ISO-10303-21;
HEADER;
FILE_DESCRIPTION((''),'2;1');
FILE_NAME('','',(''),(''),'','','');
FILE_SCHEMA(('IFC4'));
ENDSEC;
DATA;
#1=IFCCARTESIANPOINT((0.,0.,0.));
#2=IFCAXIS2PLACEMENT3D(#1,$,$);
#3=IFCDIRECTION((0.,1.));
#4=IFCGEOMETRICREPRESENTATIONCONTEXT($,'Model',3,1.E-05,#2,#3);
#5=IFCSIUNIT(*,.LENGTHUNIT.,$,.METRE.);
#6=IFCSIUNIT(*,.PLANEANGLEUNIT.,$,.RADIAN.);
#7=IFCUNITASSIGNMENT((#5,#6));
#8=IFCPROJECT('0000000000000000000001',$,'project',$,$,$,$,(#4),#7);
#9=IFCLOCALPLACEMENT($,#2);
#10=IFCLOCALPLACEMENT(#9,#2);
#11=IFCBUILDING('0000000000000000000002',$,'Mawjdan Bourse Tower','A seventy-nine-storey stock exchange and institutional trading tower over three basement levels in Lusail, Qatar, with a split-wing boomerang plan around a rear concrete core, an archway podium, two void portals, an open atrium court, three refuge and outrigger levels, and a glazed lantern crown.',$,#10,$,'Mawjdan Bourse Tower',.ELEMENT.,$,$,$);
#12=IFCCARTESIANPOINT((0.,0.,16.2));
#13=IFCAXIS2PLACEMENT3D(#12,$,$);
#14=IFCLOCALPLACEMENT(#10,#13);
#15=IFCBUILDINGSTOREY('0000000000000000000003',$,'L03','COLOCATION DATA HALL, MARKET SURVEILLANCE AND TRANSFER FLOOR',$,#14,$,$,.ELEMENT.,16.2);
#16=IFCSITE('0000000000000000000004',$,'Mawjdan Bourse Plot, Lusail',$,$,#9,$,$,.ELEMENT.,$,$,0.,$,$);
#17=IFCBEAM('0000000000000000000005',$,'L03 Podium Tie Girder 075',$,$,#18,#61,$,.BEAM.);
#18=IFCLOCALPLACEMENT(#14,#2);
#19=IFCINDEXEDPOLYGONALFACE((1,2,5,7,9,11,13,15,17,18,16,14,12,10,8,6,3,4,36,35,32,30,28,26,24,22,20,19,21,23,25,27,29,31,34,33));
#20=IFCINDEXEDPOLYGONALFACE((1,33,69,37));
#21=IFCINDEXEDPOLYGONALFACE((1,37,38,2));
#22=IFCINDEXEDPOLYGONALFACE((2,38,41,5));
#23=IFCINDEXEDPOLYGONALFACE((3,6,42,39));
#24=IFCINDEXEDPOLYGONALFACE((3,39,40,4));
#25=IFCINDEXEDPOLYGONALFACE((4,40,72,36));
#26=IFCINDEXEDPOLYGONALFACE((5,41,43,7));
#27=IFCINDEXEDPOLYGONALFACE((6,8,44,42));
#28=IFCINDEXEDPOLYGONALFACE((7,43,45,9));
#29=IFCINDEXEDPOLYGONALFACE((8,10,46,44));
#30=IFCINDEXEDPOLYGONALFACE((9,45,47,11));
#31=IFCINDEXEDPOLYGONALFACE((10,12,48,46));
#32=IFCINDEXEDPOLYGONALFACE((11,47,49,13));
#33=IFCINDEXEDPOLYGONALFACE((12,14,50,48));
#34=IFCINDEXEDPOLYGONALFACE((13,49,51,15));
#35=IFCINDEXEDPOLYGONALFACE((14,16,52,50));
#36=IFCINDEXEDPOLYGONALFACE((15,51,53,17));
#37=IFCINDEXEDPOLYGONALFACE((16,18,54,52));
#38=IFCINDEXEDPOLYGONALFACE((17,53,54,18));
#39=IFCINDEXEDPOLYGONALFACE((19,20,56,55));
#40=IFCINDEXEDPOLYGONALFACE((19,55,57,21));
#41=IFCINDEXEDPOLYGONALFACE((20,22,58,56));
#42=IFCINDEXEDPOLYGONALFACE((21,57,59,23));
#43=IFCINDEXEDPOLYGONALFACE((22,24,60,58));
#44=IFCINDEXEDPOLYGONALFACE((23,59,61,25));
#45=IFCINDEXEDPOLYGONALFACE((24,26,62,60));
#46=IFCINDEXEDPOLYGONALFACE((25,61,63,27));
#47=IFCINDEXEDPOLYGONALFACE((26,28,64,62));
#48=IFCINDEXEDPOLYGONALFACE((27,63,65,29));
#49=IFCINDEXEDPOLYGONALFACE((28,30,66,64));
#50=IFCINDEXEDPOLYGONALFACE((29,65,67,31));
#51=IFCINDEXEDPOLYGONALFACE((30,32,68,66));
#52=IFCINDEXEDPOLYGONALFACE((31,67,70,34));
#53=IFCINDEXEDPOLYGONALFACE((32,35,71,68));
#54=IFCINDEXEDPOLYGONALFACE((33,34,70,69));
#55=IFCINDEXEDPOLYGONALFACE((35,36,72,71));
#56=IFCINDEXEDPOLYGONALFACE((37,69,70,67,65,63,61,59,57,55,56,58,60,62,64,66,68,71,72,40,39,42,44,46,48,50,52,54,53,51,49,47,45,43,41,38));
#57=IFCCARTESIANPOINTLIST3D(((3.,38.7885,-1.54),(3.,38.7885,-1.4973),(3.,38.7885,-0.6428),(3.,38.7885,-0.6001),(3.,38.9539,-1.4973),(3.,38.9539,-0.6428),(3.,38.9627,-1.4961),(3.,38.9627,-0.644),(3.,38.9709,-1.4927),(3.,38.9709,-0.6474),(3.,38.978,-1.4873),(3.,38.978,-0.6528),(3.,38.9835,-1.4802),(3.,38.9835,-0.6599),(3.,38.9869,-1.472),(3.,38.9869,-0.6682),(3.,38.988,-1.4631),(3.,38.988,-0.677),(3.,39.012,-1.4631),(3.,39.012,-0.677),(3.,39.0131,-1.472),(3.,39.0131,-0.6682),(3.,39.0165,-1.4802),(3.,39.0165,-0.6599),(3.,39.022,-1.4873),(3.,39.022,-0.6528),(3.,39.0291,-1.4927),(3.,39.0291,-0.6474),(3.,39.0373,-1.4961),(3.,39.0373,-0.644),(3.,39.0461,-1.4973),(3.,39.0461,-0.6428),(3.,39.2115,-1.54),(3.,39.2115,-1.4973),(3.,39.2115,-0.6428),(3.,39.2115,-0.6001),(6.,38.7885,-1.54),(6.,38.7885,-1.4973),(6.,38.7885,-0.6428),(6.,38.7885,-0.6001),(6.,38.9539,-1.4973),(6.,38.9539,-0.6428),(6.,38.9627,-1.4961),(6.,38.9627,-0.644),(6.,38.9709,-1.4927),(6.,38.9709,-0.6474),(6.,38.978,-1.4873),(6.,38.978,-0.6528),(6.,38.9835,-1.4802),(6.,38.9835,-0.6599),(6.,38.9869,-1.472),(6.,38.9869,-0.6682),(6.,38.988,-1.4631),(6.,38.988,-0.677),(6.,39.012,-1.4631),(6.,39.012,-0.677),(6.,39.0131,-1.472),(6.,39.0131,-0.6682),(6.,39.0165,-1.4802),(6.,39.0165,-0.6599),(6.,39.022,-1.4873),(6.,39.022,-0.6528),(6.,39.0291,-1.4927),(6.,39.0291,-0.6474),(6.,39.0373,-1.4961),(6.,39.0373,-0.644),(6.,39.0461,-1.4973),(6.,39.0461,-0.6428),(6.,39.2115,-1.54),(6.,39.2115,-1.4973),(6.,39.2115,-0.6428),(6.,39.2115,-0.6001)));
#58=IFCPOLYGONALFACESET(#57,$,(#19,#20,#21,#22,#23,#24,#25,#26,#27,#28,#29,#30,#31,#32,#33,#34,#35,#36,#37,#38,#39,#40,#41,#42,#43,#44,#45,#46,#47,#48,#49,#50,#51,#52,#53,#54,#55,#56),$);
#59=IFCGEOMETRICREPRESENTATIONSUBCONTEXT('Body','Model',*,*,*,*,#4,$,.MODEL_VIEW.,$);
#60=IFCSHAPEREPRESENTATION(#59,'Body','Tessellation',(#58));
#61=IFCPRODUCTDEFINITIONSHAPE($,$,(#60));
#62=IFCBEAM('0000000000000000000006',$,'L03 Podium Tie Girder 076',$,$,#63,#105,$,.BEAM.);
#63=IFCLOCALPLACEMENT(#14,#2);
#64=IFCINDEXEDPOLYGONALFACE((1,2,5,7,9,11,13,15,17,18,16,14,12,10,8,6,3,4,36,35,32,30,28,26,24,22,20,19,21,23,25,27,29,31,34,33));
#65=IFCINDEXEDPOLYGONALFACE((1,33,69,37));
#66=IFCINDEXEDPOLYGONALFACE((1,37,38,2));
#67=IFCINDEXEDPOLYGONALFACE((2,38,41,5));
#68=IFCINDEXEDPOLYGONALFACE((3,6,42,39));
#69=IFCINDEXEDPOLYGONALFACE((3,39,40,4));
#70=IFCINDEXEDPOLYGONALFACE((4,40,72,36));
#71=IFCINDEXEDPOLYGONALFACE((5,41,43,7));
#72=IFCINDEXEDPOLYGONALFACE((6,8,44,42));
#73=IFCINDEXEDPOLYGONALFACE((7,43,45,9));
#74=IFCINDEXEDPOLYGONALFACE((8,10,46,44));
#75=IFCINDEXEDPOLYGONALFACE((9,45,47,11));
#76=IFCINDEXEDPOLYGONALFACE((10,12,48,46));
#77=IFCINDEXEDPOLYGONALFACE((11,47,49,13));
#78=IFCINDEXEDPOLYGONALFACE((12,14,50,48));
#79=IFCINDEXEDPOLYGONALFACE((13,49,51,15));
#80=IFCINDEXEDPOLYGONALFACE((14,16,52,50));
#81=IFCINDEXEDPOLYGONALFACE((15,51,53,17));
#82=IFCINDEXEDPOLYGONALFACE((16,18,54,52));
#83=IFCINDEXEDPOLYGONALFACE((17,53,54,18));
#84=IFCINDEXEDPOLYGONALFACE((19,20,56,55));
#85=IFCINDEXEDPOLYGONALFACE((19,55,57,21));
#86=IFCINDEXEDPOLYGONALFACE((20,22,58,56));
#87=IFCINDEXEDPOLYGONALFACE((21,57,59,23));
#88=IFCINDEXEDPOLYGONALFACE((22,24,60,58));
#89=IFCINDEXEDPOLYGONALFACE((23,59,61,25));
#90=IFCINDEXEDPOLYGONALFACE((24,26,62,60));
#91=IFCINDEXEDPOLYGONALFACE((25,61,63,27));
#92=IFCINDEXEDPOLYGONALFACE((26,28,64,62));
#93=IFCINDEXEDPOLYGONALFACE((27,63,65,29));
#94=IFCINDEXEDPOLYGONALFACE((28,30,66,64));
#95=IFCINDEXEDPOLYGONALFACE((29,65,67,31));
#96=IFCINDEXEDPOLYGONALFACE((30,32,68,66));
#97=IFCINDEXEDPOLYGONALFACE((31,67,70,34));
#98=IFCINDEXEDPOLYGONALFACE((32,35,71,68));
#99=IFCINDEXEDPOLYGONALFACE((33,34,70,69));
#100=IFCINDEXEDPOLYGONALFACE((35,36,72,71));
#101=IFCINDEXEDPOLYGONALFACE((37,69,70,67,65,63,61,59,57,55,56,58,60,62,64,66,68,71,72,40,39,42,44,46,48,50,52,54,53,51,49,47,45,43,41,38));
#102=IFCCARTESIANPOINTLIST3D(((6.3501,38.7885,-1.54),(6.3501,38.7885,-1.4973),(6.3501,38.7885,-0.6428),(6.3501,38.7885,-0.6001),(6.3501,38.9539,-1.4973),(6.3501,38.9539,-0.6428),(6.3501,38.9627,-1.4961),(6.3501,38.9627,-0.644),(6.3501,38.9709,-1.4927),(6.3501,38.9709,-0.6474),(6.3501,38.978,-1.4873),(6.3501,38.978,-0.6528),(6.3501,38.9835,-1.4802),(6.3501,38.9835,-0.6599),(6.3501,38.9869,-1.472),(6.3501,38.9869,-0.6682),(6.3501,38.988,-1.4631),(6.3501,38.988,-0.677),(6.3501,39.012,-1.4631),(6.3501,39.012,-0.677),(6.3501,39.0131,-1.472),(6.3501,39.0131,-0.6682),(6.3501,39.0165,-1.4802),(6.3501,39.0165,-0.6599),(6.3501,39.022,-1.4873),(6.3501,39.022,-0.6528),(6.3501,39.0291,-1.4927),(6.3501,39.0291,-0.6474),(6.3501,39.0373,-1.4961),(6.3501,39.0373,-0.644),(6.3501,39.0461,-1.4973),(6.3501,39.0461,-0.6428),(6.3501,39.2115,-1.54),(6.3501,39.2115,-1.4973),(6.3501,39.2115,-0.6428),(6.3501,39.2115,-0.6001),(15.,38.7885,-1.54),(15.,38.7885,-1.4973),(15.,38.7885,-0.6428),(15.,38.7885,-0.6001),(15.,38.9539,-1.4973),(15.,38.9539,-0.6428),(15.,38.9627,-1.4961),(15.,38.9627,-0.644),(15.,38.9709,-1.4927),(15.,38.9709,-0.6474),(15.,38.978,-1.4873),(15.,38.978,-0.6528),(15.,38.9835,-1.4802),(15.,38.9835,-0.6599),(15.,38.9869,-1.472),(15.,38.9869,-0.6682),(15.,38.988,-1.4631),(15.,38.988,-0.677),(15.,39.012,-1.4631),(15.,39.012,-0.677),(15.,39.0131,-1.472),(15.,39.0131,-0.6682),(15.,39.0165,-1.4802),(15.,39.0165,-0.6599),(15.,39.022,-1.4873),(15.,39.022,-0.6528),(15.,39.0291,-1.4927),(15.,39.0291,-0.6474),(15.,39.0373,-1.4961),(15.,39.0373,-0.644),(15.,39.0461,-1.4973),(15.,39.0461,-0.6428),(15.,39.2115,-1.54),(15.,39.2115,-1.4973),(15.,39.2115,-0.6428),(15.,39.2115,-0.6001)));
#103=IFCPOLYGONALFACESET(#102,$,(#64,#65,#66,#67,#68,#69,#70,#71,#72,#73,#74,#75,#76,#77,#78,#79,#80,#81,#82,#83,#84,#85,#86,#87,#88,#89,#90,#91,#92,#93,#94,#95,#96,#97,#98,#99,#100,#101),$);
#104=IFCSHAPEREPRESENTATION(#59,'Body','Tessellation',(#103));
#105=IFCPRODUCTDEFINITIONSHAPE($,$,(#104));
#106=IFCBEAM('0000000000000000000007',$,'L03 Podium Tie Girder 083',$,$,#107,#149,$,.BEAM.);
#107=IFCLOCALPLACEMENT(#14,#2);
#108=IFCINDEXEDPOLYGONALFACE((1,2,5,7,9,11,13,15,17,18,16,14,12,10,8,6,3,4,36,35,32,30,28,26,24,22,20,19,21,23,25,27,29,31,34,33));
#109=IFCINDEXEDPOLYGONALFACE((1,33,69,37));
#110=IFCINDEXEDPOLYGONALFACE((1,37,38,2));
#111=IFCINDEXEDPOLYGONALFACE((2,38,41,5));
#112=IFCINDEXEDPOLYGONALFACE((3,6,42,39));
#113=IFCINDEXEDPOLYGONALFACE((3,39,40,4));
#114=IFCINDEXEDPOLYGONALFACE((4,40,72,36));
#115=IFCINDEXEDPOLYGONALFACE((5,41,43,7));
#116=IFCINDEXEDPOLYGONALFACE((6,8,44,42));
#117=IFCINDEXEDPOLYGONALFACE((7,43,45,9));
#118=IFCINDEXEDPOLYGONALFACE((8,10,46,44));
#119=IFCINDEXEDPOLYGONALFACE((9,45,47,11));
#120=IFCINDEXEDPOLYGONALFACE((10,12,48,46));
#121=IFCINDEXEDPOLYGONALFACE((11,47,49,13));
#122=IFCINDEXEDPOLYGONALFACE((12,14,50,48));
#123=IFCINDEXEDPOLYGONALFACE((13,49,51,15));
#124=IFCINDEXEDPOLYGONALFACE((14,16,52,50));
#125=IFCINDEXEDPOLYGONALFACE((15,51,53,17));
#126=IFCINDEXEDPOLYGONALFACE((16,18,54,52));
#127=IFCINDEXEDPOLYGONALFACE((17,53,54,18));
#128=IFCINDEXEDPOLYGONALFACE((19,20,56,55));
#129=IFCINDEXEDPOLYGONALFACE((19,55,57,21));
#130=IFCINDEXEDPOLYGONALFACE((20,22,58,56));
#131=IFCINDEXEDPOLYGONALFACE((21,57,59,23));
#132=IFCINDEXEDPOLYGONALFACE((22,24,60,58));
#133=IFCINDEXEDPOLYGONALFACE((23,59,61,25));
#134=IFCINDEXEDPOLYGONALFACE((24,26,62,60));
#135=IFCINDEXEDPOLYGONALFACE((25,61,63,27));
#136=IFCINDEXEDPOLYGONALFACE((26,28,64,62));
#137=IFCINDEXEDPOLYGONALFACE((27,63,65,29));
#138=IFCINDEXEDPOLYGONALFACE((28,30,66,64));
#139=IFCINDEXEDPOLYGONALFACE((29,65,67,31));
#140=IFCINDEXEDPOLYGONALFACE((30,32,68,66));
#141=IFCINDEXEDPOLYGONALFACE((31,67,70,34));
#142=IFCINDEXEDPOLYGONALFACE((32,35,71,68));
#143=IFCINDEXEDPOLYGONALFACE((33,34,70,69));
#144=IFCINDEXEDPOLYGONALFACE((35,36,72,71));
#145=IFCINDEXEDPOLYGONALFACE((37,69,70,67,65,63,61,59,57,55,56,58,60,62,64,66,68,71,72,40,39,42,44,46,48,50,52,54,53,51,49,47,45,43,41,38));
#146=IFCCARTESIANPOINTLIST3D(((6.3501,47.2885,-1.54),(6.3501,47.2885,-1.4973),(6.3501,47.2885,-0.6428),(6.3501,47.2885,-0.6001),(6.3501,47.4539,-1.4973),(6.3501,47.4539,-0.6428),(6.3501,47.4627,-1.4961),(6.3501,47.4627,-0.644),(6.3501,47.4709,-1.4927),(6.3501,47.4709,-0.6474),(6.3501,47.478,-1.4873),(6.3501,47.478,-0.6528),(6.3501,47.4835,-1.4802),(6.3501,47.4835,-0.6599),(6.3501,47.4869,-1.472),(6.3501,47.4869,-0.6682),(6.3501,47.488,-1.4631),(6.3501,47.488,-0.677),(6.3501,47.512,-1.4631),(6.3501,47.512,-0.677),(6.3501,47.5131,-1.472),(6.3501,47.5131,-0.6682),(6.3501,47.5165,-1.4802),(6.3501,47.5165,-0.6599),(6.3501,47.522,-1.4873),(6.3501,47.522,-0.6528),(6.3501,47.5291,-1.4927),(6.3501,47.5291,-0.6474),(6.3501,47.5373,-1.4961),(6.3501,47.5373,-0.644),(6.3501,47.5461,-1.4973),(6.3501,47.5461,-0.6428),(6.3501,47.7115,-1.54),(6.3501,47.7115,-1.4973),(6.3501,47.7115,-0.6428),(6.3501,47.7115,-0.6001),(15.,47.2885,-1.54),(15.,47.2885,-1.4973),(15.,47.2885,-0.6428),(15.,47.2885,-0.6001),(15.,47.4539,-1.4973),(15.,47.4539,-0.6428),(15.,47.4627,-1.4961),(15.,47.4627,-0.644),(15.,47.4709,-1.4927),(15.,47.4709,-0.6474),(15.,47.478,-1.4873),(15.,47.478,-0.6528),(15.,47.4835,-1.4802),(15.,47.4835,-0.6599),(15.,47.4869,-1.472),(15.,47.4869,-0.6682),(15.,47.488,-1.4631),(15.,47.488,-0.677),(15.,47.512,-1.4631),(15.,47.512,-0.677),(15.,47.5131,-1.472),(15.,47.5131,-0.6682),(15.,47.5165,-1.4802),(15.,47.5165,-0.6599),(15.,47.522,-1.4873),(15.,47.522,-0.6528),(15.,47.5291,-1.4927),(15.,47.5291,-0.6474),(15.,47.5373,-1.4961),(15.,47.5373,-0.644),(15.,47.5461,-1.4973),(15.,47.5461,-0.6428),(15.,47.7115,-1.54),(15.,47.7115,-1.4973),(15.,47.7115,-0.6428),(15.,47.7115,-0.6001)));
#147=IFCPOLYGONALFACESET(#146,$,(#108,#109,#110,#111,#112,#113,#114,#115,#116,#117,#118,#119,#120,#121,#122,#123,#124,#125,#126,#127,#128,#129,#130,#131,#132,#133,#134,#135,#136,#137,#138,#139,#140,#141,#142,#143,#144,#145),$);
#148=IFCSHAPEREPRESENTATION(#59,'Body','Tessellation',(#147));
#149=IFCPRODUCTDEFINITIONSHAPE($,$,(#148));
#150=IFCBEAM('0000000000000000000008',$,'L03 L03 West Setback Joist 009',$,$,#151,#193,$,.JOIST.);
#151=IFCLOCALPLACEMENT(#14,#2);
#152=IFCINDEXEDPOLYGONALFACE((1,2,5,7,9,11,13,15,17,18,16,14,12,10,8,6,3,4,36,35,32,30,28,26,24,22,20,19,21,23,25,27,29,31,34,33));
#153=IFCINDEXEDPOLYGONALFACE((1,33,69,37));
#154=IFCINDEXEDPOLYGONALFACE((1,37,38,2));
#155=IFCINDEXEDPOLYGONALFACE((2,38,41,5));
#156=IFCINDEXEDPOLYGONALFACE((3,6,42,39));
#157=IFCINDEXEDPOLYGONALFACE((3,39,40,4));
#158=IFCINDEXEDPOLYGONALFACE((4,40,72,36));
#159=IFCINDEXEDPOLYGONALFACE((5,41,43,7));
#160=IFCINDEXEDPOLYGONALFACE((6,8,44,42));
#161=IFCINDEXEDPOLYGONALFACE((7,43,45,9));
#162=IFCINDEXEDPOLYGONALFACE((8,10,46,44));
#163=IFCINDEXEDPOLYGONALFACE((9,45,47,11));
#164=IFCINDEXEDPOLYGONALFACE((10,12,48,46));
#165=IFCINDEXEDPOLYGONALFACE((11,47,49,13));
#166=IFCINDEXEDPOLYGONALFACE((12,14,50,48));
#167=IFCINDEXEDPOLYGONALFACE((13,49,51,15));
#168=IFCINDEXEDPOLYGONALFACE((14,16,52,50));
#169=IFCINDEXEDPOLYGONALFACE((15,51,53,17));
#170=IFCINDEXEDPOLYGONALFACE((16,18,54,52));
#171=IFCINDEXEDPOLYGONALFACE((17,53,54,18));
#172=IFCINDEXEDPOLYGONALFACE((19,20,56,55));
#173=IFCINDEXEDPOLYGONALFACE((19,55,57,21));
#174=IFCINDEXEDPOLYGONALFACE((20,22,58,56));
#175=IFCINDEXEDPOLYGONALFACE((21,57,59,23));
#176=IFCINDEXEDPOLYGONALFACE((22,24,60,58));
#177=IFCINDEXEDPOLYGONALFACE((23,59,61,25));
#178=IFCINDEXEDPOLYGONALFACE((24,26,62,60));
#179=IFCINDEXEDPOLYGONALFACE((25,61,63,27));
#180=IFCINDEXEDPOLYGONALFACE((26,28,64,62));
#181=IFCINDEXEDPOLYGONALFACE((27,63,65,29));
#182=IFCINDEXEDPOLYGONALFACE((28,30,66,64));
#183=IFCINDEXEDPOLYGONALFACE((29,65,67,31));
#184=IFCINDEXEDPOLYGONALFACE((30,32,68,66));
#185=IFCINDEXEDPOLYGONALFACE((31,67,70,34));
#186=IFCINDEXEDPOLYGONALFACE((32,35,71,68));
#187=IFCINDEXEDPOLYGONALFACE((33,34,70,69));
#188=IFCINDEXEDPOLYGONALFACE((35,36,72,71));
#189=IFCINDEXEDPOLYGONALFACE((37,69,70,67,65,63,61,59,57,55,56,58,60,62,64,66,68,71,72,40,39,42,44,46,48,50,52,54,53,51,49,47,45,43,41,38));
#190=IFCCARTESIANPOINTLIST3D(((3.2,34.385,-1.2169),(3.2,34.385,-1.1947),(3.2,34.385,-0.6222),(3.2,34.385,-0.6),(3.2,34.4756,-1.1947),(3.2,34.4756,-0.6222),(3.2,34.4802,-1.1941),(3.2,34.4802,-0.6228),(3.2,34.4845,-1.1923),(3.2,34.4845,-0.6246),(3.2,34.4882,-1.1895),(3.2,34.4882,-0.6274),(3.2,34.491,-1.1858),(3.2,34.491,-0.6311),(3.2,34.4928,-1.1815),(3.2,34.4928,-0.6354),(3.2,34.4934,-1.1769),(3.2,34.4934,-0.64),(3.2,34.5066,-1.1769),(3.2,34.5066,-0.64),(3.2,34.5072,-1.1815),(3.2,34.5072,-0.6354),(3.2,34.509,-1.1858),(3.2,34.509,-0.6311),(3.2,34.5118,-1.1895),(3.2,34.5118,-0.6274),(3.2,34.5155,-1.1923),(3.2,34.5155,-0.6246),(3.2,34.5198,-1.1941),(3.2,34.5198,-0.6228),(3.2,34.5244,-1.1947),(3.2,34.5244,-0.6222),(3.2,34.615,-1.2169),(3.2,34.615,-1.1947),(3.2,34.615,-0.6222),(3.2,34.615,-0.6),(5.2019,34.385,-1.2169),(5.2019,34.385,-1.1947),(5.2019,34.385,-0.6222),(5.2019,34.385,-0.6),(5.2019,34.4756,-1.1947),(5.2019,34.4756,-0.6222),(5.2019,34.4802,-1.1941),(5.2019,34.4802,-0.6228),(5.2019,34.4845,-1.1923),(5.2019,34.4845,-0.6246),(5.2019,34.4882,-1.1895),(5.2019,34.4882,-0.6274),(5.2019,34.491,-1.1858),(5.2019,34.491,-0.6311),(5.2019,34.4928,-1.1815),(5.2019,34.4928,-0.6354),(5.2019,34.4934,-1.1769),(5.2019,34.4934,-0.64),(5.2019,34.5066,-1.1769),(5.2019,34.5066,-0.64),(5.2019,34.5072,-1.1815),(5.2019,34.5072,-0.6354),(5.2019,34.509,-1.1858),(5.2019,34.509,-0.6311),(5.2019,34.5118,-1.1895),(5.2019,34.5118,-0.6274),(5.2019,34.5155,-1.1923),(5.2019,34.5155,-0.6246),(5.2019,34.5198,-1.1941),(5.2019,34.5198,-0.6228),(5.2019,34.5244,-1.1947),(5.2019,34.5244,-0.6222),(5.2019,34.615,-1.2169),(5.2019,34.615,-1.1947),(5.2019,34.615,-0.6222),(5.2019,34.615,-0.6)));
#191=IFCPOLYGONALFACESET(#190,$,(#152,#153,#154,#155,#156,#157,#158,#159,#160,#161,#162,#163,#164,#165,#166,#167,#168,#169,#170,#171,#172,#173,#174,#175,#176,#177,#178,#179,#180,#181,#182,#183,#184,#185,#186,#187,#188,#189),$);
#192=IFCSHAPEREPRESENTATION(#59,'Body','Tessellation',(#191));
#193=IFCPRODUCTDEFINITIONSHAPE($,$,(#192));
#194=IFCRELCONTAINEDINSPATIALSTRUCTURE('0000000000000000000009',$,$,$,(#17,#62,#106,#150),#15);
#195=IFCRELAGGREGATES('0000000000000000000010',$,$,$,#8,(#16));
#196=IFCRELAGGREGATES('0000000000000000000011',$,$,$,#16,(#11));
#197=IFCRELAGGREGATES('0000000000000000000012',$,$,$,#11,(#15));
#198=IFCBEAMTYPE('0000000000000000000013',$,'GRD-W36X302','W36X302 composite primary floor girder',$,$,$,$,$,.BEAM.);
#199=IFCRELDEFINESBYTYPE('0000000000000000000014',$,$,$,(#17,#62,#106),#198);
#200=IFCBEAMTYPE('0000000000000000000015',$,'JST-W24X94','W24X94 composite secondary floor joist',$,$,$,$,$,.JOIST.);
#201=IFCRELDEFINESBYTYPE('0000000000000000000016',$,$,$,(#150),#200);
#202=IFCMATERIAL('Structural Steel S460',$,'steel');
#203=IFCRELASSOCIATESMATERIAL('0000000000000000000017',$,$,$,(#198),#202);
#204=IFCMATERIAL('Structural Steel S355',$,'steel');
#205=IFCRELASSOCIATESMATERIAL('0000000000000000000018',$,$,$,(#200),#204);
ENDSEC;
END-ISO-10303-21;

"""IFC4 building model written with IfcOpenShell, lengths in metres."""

from ifc_helpers import new_model, si_unit, direction, frame, origin, origin_2d, place, context, subcontext, project, spatial, i_section, extrude, material, material_profile, profile_set, type_object, element, save


model = new_model("IFC4")

# Units and contexts
model_context = context("Model", 3, precision=1e-05, world=origin(), true_north=direction((0.0, 1.0)))
body_context = subcontext(model_context, "Body", "Model", "MODEL_VIEW")
ifc_project = project(units=[si_unit("LENGTHUNIT", "METRE"), si_unit("PLANEANGLEUNIT", "RADIAN")], contexts=[model_context])

# Site, building, storey
site_placement = place(None, origin())
site = spatial("IfcSite", under=ifc_project, at=site_placement, Name="Mawjdan Bourse Plot, Lusail", CompositionType="ELEMENT", RefElevation=0.0)
building_placement = place(site_placement, origin())
building = spatial("IfcBuilding", under=site, at=building_placement, Name="Mawjdan Bourse Tower", Description="A seventy-nine-storey stock exchange and institutional trading tower over three basement levels in Lusail, Qatar, with a split-wing boomerang plan around a rear concrete core, an archway podium, two void portals, an open atrium court, three refuge and outrigger levels, and a glazed lantern crown.", LongName="Mawjdan Bourse Tower", CompositionType="ELEMENT")
storey_placement = place(building_placement, frame((0.0, 0.0, 16.2)))
storey = spatial("IfcBuildingStorey", under=building, at=storey_placement, Name="L03", Description="COLOCATION DATA HALL, MARKET SURVEILLANCE AND TRANSFER FLOOR", CompositionType="ELEMENT", Elevation=16.2)

# Beams
ifc_material_1 = material(Name="Structural Steel S460", Category="steel")
ifc_material_profile_1 = material_profile(ifc_material_1, i_section(OverallWidth=0.4231, OverallDepth=0.9399, WebThickness=0.0239, FlangeThickness=0.0427, FilletRadius=0.0342, at=origin_2d()), Name="W36X302")
ifc_profile_set_1 = profile_set([ifc_material_profile_1], Name="Structural Steel S460")
beam_type_1 = type_object("IfcBeamType", Name="GRD-W36X302", Description="W36X302 composite primary floor girder", PredefinedType="BEAM", material=ifc_profile_set_1)
beam_1_placement = place(storey_placement, frame((3.0, 39.0, -1.0701), z_axis=(1.0, 0.0, 0.0), x_axis=(0.0, 1.0, 0.0)))
element("IfcBeam", 1, at=beam_1_placement, inside=storey, type_object=beam_type_1, Name="L03 Podium Tie Girder 075", PredefinedType="BEAM", context=body_context, shape_type="SweptSolid", body=[
    extrude(i_section(OverallWidth=0.4231, OverallDepth=0.9399, WebThickness=0.0239, FlangeThickness=0.0427, FilletRadius=0.0342, at=origin_2d()), origin(), (0.0, 0.0, 1.0), 3.0),
])
for number, where, z_axis, x_axis, name in (
    (2, (6.3501, 39.0, -1.0701), (1.0, 0.0, 0.0), (0.0, 1.0, 0.0), "L03 Podium Tie Girder 076"),
    (3, (6.3501, 47.5, -1.0701), (1.0, 0.0, 0.0), (0.0, 1.0, 0.0), "L03 Podium Tie Girder 083"),
):
    element("IfcBeam", number, at=place(storey_placement, frame(where, z_axis=z_axis, x_axis=x_axis)), inside=storey, type_object=beam_type_1, Name=name, PredefinedType="BEAM", context=body_context, shape_type="SweptSolid", body=[
        extrude(i_section(OverallWidth=0.4231, OverallDepth=0.9399, WebThickness=0.0239, FlangeThickness=0.0427, FilletRadius=0.0342, at=origin_2d()), origin(), (0.0, 0.0, 1.0), 8.6499),
    ])
ifc_material_2 = material(Name="Structural Steel S355", Category="steel")
ifc_material_profile_2 = material_profile(ifc_material_2, i_section(OverallWidth=0.23, OverallDepth=0.6169, WebThickness=0.0132, FlangeThickness=0.0222, FilletRadius=0.0178, at=origin_2d()), Name="W24X94")
ifc_profile_set_2 = profile_set([ifc_material_profile_2], Name="Structural Steel S355")
beam_type_2 = type_object("IfcBeamType", Name="JST-W24X94", Description="W24X94 composite secondary floor joist", PredefinedType="JOIST", material=ifc_profile_set_2)
beam_2_placement = place(storey_placement, frame((3.2, 34.5, -0.9084), z_axis=(1.0, 0.0, 0.0), x_axis=(0.0, 1.0, 0.0)))
element("IfcBeam", 4, at=beam_2_placement, inside=storey, type_object=beam_type_2, Name="L03 L03 West Setback Joist 009", PredefinedType="JOIST", context=body_context, shape_type="SweptSolid", body=[
    extrude(i_section(OverallWidth=0.23, OverallDepth=0.6169, WebThickness=0.0132, FlangeThickness=0.0222, FilletRadius=0.0178, at=origin_2d()), origin(), (0.0, 0.0, 1.0), 2.002),
])

save(model, "model.ifc")
